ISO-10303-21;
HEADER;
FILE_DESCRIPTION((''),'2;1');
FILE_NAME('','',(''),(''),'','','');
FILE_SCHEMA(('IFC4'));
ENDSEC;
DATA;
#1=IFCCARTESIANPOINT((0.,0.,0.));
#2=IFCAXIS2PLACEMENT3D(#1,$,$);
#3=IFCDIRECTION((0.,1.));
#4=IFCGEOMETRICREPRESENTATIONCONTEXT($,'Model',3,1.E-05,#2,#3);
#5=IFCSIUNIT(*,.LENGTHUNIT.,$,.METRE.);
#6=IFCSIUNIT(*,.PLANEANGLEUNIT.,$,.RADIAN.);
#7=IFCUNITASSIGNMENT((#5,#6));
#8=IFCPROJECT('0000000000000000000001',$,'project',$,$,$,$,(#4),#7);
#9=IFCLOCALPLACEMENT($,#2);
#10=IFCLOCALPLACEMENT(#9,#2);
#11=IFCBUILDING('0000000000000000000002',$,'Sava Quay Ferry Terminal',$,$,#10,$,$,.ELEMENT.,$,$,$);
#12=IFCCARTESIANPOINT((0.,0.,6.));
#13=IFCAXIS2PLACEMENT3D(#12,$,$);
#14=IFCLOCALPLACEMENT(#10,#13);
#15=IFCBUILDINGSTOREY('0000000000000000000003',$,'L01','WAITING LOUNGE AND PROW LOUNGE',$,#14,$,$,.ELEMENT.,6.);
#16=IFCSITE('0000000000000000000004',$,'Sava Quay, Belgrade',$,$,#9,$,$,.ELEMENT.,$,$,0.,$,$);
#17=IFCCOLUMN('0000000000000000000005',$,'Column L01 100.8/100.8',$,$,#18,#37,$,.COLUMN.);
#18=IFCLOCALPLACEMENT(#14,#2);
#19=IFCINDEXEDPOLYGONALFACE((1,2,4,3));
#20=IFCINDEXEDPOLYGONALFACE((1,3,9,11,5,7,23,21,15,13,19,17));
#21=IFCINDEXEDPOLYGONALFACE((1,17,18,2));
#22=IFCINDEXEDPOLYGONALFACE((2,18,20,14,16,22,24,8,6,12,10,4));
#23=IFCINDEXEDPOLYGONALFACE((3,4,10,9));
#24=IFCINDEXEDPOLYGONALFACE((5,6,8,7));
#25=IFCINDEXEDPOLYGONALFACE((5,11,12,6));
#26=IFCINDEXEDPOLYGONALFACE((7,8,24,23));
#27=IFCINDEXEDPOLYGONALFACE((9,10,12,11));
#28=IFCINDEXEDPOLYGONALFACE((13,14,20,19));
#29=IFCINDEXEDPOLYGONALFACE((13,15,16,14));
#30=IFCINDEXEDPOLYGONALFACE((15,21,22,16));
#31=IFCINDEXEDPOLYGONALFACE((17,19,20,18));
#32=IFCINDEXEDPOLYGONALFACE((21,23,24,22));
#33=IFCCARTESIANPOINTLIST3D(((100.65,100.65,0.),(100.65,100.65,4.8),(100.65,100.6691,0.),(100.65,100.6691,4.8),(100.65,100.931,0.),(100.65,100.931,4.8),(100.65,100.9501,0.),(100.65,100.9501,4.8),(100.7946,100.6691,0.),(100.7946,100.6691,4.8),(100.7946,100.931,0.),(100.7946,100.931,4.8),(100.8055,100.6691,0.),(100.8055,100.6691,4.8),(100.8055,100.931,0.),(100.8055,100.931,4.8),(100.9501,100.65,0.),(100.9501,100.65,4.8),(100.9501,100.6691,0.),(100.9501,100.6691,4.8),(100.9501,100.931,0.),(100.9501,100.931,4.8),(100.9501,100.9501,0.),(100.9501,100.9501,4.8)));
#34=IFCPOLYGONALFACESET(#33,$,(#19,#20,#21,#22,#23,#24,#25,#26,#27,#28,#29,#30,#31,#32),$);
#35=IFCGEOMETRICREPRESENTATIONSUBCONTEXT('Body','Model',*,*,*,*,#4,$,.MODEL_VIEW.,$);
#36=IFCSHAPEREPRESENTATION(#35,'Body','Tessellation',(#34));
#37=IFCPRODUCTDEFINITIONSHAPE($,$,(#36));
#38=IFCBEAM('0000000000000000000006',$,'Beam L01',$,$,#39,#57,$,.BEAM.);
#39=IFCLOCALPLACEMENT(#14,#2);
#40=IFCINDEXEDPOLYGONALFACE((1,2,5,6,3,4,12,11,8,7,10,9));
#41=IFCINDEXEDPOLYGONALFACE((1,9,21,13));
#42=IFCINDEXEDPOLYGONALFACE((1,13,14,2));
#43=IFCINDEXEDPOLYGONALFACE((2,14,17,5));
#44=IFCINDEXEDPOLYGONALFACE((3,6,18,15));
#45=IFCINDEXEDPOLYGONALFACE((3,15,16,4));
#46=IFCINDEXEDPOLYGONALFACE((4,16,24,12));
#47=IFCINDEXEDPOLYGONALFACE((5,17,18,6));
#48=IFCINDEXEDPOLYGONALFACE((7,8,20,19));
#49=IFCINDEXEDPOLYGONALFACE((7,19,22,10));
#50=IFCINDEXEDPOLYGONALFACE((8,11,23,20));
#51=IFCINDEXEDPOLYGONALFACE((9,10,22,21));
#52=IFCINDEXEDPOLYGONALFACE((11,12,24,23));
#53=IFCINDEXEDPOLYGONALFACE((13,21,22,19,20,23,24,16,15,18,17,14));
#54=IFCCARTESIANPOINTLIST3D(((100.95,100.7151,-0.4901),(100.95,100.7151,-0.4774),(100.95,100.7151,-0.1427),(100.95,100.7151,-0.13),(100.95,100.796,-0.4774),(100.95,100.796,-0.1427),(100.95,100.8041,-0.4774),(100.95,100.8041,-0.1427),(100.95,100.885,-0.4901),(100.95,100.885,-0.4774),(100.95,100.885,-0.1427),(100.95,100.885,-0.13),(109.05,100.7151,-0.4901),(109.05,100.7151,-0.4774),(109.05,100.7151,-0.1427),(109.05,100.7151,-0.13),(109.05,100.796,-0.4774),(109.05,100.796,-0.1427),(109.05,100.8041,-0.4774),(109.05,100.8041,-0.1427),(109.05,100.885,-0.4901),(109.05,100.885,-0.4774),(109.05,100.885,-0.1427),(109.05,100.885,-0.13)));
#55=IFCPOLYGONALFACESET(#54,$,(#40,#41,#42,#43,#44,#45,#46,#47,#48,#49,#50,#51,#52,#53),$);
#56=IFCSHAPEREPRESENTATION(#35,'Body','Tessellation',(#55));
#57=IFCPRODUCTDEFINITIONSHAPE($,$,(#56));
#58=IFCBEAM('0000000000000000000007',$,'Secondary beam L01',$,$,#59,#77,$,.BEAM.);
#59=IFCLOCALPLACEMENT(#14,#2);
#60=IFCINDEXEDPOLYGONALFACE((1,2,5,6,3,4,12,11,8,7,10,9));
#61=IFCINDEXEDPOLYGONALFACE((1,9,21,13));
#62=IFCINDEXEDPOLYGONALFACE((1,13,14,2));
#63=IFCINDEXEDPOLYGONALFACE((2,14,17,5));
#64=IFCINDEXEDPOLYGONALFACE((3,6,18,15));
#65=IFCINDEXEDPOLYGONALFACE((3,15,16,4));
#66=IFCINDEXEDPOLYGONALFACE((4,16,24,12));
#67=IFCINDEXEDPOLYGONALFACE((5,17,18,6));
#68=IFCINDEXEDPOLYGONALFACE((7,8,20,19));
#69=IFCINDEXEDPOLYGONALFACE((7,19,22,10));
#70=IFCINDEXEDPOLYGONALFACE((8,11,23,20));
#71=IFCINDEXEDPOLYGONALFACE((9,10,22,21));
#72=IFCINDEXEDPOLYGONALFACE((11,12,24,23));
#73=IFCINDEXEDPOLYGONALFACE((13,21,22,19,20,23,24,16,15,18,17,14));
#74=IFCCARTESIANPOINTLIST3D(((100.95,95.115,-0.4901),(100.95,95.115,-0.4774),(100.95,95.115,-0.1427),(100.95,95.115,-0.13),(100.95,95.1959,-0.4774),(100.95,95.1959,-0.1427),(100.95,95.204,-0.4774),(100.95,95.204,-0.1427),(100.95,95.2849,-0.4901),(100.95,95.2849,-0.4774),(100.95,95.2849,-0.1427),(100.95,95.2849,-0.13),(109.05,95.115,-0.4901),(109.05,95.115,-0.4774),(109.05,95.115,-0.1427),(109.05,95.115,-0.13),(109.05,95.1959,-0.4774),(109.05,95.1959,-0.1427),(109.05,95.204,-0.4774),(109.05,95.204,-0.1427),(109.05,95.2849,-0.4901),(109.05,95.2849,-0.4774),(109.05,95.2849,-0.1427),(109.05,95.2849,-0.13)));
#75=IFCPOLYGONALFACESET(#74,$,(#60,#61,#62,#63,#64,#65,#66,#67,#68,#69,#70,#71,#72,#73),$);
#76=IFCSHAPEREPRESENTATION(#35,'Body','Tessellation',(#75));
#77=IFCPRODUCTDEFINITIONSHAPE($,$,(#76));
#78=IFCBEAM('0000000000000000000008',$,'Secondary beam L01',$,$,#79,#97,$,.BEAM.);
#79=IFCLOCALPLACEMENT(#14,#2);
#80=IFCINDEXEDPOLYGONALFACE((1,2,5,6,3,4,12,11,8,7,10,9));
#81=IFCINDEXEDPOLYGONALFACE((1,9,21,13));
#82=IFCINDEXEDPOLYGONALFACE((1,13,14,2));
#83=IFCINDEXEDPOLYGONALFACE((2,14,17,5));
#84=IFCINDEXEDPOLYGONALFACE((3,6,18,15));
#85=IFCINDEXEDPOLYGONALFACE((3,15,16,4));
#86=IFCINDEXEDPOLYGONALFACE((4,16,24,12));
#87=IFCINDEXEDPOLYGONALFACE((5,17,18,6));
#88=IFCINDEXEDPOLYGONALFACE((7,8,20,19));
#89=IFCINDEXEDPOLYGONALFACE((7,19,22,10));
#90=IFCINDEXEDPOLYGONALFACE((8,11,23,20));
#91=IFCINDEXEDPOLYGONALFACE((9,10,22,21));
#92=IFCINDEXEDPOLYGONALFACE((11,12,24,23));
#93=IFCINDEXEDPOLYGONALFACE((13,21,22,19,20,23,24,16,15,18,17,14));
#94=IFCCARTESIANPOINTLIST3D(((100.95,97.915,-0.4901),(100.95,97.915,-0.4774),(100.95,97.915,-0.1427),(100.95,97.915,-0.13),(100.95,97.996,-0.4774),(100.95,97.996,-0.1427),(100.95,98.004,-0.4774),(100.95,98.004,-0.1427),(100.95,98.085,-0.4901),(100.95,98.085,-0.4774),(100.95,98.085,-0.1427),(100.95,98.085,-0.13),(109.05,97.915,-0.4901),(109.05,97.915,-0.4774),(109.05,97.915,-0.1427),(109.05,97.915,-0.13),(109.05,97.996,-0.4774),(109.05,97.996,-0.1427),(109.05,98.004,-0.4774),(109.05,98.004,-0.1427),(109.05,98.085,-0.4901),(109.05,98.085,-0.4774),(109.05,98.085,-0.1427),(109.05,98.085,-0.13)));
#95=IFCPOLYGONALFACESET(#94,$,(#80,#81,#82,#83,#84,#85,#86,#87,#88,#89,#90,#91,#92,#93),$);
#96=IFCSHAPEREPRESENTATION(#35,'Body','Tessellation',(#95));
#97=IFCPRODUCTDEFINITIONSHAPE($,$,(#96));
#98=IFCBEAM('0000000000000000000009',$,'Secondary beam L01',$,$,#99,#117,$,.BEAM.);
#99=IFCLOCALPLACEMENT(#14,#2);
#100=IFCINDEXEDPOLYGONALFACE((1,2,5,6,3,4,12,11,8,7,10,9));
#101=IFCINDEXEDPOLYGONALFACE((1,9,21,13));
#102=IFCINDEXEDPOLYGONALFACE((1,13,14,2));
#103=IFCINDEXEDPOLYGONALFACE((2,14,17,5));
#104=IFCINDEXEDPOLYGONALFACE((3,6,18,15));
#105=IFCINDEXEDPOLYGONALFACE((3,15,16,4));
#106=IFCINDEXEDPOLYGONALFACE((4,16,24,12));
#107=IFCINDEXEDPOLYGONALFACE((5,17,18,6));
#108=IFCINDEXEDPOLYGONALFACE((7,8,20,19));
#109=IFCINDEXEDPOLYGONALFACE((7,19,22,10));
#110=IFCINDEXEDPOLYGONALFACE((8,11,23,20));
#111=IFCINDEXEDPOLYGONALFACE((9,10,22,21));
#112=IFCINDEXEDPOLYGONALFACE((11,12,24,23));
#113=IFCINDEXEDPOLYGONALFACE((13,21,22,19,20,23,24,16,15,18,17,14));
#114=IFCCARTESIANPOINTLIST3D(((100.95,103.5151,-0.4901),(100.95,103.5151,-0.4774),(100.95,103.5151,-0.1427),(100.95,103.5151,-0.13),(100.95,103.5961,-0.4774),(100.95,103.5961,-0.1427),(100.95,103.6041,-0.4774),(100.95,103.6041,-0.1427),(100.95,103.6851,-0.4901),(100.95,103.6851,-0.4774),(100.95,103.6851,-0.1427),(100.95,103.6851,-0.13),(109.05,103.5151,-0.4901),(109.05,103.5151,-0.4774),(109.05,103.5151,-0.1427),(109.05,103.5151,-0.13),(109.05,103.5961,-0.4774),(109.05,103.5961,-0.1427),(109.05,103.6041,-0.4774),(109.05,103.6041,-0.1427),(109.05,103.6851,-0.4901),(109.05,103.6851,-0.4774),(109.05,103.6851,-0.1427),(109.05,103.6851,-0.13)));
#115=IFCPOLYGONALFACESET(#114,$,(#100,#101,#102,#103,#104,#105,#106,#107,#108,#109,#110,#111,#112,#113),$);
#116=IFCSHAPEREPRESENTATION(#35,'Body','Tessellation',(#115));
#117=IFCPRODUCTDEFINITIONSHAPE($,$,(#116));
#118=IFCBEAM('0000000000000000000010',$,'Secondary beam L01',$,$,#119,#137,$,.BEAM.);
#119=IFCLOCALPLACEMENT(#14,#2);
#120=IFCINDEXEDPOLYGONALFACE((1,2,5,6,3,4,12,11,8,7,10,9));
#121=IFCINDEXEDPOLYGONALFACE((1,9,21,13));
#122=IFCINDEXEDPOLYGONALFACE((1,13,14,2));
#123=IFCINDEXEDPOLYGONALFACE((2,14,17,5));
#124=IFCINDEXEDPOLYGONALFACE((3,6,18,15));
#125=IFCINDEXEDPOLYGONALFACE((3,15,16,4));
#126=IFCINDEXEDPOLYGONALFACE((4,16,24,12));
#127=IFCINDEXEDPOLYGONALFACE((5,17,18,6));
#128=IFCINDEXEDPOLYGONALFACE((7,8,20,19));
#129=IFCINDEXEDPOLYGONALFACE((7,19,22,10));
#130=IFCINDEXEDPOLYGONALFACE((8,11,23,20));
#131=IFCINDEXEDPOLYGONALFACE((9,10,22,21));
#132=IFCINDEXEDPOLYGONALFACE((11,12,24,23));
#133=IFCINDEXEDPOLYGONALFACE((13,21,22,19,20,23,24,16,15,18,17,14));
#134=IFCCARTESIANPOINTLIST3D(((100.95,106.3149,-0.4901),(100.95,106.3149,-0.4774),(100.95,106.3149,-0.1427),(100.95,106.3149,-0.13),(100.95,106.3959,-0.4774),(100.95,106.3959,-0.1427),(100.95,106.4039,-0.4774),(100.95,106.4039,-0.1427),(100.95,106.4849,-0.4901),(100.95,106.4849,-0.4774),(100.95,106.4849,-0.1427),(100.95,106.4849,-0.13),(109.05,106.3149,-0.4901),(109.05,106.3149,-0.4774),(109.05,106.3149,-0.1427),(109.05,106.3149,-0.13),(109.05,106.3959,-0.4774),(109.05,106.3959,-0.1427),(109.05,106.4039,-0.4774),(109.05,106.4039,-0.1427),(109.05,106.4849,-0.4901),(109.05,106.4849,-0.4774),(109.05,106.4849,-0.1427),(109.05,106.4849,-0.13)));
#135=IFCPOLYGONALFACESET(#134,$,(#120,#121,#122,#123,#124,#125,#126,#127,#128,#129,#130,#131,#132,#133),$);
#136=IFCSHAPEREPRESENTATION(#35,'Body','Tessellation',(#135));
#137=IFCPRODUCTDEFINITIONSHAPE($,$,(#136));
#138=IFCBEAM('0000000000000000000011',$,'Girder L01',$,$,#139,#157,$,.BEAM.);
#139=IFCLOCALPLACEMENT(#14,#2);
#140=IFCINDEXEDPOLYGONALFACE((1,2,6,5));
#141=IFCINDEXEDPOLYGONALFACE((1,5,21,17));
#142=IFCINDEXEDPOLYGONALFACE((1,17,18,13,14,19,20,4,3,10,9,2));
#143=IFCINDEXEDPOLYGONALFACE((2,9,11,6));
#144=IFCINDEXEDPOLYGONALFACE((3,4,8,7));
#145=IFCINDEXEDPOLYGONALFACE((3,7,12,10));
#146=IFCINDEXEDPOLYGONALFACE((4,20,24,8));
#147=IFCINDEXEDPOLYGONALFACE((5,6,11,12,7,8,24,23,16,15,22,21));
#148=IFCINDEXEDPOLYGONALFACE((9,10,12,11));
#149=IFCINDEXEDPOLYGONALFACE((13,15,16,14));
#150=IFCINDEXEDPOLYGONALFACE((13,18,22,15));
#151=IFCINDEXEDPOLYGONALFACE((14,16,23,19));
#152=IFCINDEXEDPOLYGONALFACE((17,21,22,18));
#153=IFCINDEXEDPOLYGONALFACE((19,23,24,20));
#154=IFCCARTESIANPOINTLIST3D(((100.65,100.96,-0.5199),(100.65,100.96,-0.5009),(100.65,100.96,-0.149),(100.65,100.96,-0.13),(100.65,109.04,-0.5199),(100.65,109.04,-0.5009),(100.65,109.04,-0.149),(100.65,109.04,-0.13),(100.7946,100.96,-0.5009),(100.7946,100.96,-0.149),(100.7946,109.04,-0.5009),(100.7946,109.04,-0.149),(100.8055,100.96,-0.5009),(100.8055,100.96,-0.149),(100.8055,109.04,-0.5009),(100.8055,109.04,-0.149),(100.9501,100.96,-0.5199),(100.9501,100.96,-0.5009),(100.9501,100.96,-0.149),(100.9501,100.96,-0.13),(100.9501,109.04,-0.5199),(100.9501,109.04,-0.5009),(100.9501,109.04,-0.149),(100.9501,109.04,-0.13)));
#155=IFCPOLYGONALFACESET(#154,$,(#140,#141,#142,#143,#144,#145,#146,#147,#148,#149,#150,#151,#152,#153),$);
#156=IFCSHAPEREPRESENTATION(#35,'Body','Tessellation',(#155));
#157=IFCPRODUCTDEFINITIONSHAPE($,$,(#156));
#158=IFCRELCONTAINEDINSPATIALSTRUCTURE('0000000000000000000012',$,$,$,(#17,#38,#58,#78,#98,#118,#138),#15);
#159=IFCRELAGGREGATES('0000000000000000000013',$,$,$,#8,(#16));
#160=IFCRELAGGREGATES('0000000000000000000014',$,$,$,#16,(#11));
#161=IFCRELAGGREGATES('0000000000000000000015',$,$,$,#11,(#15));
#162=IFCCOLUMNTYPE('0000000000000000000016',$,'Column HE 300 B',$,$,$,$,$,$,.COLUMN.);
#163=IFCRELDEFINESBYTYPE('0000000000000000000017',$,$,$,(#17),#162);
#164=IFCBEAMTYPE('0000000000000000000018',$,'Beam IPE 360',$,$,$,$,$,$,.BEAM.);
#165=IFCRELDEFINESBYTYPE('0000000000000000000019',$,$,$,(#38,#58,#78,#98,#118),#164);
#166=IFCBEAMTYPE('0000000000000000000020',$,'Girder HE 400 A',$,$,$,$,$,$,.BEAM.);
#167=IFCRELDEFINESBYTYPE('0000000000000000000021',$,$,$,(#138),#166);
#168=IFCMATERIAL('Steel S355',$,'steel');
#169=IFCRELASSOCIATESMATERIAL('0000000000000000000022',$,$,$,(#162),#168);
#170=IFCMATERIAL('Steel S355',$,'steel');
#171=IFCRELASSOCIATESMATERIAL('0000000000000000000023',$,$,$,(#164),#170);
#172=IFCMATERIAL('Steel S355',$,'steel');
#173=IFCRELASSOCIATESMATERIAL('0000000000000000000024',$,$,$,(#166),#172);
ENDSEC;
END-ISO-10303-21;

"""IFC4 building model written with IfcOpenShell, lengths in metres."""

from ifc_helpers import new_model, si_unit, direction, frame, origin, origin_2d, place, context, subcontext, project, spatial, i_section, extrude, material, material_profile, profile_set, type_object, element, save


model = new_model("IFC4")

# Units and contexts
model_context = context("Model", 3, precision=1e-05, world=origin(), true_north=direction((0.0, 1.0)))
body_context = subcontext(model_context, "Body", "Model", "MODEL_VIEW")
ifc_project = project(units=[si_unit("LENGTHUNIT", "METRE"), si_unit("PLANEANGLEUNIT", "RADIAN")], contexts=[model_context])

# Site, building, storey
site_placement = place(None, origin())
site = spatial("IfcSite", under=ifc_project, at=site_placement, Name="Sava Quay, Belgrade", CompositionType="ELEMENT", RefElevation=0.0)
building_placement = place(site_placement, origin())
building = spatial("IfcBuilding", under=site, at=building_placement, Name="Sava Quay Ferry Terminal", CompositionType="ELEMENT")
storey_placement = place(building_placement, frame((0.0, 0.0, 6.0)))
storey = spatial("IfcBuildingStorey", under=building, at=storey_placement, Name="L01", Description="WAITING LOUNGE AND PROW LOUNGE", CompositionType="ELEMENT", Elevation=6.0)

# Column
ifc_material_1 = material(Name="Steel S355", Category="steel")
ifc_material_profile_1 = material_profile(ifc_material_1, i_section(OverallWidth=0.3, OverallDepth=0.3, WebThickness=0.011, FlangeThickness=0.019, at=origin_2d()), Name="HE 300 B")
ifc_profile_set_1 = profile_set([ifc_material_profile_1], Name="Steel S355")
column_type = type_object("IfcColumnType", Name="Column HE 300 B", PredefinedType="COLUMN", material=ifc_profile_set_1)
column_placement = place(storey_placement, frame((100.8, 100.8, 0.0), z_axis=(0.0, 0.0, 1.0), x_axis=(1.0, 0.0, 0.0)))
element("IfcColumn", 1, at=column_placement, inside=storey, type_object=column_type, Name="Column L01 100.8/100.8", PredefinedType="COLUMN", context=body_context, shape_type="SweptSolid", body=[
    extrude(i_section(OverallWidth=0.3, OverallDepth=0.3, WebThickness=0.011, FlangeThickness=0.019, at=origin_2d()), origin(), (0.0, 0.0, 1.0), 4.8),
])

# Beams
ifc_material_2 = material(Name="Steel S355", Category="steel")
ifc_material_profile_2 = material_profile(ifc_material_2, i_section(OverallWidth=0.1699, OverallDepth=0.3601, WebThickness=0.0081, FlangeThickness=0.0127, at=origin_2d()), Name="IPE 360")
ifc_profile_set_2 = profile_set([ifc_material_profile_2], Name="Steel S355")
beam_type_1 = type_object("IfcBeamType", Name="Beam IPE 360", PredefinedType="BEAM", material=ifc_profile_set_2)
for number, where, z_axis, x_axis, name in (
    (2, (100.95, 100.8, -0.3101), (1.0, 0.0, 0.0), (0.0, 1.0, 0.0), "Beam L01"),
    (3, (100.95, 95.2, -0.3101), (1.0, 0.0, 0.0), (0.0, 1.0, 0.0), "Secondary beam L01"),
    (4, (100.95, 98.0, -0.3101), (1.0, 0.0, 0.0), (0.0, 1.0, 0.0), "Secondary beam L01"),
    (5, (100.95, 103.6001, -0.3101), (1.0, 0.0, 0.0), (0.0, 1.0, 0.0), "Secondary beam L01"),
    (6, (100.95, 106.3999, -0.3101), (1.0, 0.0, 0.0), (0.0, 1.0, 0.0), "Secondary beam L01"),
):
    element("IfcBeam", number, at=place(storey_placement, frame(where, z_axis=z_axis, x_axis=x_axis)), inside=storey, type_object=beam_type_1, Name=name, PredefinedType="BEAM", context=body_context, shape_type="SweptSolid", body=[
        extrude(i_section(OverallWidth=0.1699, OverallDepth=0.3601, WebThickness=0.0081, FlangeThickness=0.0127, at=origin_2d()), origin(), (0.0, 0.0, 1.0), 8.1001),
    ])
ifc_material_3 = material(Name="Steel S355", Category="steel")
ifc_material_profile_3 = material_profile(ifc_material_3, i_section(OverallWidth=0.3, OverallDepth=0.3899, WebThickness=0.011, FlangeThickness=0.019, at=origin_2d()), Name="HE 400 A")
ifc_profile_set_3 = profile_set([ifc_material_profile_3], Name="Steel S355")
beam_type_2 = type_object("IfcBeamType", Name="Girder HE 400 A", PredefinedType="BEAM", material=ifc_profile_set_3)
beam_placement = place(storey_placement, frame((100.8, 100.96, -0.325), z_axis=(0.0, 1.0, 0.0), x_axis=(-1.0, 0.0, 0.0)))
element("IfcBeam", 7, at=beam_placement, inside=storey, type_object=beam_type_2, Name="Girder L01", PredefinedType="BEAM", context=body_context, shape_type="SweptSolid", body=[
    extrude(i_section(OverallWidth=0.3, OverallDepth=0.3899, WebThickness=0.011, FlangeThickness=0.019, at=origin_2d()), origin(), (0.0, 0.0, 1.0), 8.0801),
])

save(model, "model.ifc")
